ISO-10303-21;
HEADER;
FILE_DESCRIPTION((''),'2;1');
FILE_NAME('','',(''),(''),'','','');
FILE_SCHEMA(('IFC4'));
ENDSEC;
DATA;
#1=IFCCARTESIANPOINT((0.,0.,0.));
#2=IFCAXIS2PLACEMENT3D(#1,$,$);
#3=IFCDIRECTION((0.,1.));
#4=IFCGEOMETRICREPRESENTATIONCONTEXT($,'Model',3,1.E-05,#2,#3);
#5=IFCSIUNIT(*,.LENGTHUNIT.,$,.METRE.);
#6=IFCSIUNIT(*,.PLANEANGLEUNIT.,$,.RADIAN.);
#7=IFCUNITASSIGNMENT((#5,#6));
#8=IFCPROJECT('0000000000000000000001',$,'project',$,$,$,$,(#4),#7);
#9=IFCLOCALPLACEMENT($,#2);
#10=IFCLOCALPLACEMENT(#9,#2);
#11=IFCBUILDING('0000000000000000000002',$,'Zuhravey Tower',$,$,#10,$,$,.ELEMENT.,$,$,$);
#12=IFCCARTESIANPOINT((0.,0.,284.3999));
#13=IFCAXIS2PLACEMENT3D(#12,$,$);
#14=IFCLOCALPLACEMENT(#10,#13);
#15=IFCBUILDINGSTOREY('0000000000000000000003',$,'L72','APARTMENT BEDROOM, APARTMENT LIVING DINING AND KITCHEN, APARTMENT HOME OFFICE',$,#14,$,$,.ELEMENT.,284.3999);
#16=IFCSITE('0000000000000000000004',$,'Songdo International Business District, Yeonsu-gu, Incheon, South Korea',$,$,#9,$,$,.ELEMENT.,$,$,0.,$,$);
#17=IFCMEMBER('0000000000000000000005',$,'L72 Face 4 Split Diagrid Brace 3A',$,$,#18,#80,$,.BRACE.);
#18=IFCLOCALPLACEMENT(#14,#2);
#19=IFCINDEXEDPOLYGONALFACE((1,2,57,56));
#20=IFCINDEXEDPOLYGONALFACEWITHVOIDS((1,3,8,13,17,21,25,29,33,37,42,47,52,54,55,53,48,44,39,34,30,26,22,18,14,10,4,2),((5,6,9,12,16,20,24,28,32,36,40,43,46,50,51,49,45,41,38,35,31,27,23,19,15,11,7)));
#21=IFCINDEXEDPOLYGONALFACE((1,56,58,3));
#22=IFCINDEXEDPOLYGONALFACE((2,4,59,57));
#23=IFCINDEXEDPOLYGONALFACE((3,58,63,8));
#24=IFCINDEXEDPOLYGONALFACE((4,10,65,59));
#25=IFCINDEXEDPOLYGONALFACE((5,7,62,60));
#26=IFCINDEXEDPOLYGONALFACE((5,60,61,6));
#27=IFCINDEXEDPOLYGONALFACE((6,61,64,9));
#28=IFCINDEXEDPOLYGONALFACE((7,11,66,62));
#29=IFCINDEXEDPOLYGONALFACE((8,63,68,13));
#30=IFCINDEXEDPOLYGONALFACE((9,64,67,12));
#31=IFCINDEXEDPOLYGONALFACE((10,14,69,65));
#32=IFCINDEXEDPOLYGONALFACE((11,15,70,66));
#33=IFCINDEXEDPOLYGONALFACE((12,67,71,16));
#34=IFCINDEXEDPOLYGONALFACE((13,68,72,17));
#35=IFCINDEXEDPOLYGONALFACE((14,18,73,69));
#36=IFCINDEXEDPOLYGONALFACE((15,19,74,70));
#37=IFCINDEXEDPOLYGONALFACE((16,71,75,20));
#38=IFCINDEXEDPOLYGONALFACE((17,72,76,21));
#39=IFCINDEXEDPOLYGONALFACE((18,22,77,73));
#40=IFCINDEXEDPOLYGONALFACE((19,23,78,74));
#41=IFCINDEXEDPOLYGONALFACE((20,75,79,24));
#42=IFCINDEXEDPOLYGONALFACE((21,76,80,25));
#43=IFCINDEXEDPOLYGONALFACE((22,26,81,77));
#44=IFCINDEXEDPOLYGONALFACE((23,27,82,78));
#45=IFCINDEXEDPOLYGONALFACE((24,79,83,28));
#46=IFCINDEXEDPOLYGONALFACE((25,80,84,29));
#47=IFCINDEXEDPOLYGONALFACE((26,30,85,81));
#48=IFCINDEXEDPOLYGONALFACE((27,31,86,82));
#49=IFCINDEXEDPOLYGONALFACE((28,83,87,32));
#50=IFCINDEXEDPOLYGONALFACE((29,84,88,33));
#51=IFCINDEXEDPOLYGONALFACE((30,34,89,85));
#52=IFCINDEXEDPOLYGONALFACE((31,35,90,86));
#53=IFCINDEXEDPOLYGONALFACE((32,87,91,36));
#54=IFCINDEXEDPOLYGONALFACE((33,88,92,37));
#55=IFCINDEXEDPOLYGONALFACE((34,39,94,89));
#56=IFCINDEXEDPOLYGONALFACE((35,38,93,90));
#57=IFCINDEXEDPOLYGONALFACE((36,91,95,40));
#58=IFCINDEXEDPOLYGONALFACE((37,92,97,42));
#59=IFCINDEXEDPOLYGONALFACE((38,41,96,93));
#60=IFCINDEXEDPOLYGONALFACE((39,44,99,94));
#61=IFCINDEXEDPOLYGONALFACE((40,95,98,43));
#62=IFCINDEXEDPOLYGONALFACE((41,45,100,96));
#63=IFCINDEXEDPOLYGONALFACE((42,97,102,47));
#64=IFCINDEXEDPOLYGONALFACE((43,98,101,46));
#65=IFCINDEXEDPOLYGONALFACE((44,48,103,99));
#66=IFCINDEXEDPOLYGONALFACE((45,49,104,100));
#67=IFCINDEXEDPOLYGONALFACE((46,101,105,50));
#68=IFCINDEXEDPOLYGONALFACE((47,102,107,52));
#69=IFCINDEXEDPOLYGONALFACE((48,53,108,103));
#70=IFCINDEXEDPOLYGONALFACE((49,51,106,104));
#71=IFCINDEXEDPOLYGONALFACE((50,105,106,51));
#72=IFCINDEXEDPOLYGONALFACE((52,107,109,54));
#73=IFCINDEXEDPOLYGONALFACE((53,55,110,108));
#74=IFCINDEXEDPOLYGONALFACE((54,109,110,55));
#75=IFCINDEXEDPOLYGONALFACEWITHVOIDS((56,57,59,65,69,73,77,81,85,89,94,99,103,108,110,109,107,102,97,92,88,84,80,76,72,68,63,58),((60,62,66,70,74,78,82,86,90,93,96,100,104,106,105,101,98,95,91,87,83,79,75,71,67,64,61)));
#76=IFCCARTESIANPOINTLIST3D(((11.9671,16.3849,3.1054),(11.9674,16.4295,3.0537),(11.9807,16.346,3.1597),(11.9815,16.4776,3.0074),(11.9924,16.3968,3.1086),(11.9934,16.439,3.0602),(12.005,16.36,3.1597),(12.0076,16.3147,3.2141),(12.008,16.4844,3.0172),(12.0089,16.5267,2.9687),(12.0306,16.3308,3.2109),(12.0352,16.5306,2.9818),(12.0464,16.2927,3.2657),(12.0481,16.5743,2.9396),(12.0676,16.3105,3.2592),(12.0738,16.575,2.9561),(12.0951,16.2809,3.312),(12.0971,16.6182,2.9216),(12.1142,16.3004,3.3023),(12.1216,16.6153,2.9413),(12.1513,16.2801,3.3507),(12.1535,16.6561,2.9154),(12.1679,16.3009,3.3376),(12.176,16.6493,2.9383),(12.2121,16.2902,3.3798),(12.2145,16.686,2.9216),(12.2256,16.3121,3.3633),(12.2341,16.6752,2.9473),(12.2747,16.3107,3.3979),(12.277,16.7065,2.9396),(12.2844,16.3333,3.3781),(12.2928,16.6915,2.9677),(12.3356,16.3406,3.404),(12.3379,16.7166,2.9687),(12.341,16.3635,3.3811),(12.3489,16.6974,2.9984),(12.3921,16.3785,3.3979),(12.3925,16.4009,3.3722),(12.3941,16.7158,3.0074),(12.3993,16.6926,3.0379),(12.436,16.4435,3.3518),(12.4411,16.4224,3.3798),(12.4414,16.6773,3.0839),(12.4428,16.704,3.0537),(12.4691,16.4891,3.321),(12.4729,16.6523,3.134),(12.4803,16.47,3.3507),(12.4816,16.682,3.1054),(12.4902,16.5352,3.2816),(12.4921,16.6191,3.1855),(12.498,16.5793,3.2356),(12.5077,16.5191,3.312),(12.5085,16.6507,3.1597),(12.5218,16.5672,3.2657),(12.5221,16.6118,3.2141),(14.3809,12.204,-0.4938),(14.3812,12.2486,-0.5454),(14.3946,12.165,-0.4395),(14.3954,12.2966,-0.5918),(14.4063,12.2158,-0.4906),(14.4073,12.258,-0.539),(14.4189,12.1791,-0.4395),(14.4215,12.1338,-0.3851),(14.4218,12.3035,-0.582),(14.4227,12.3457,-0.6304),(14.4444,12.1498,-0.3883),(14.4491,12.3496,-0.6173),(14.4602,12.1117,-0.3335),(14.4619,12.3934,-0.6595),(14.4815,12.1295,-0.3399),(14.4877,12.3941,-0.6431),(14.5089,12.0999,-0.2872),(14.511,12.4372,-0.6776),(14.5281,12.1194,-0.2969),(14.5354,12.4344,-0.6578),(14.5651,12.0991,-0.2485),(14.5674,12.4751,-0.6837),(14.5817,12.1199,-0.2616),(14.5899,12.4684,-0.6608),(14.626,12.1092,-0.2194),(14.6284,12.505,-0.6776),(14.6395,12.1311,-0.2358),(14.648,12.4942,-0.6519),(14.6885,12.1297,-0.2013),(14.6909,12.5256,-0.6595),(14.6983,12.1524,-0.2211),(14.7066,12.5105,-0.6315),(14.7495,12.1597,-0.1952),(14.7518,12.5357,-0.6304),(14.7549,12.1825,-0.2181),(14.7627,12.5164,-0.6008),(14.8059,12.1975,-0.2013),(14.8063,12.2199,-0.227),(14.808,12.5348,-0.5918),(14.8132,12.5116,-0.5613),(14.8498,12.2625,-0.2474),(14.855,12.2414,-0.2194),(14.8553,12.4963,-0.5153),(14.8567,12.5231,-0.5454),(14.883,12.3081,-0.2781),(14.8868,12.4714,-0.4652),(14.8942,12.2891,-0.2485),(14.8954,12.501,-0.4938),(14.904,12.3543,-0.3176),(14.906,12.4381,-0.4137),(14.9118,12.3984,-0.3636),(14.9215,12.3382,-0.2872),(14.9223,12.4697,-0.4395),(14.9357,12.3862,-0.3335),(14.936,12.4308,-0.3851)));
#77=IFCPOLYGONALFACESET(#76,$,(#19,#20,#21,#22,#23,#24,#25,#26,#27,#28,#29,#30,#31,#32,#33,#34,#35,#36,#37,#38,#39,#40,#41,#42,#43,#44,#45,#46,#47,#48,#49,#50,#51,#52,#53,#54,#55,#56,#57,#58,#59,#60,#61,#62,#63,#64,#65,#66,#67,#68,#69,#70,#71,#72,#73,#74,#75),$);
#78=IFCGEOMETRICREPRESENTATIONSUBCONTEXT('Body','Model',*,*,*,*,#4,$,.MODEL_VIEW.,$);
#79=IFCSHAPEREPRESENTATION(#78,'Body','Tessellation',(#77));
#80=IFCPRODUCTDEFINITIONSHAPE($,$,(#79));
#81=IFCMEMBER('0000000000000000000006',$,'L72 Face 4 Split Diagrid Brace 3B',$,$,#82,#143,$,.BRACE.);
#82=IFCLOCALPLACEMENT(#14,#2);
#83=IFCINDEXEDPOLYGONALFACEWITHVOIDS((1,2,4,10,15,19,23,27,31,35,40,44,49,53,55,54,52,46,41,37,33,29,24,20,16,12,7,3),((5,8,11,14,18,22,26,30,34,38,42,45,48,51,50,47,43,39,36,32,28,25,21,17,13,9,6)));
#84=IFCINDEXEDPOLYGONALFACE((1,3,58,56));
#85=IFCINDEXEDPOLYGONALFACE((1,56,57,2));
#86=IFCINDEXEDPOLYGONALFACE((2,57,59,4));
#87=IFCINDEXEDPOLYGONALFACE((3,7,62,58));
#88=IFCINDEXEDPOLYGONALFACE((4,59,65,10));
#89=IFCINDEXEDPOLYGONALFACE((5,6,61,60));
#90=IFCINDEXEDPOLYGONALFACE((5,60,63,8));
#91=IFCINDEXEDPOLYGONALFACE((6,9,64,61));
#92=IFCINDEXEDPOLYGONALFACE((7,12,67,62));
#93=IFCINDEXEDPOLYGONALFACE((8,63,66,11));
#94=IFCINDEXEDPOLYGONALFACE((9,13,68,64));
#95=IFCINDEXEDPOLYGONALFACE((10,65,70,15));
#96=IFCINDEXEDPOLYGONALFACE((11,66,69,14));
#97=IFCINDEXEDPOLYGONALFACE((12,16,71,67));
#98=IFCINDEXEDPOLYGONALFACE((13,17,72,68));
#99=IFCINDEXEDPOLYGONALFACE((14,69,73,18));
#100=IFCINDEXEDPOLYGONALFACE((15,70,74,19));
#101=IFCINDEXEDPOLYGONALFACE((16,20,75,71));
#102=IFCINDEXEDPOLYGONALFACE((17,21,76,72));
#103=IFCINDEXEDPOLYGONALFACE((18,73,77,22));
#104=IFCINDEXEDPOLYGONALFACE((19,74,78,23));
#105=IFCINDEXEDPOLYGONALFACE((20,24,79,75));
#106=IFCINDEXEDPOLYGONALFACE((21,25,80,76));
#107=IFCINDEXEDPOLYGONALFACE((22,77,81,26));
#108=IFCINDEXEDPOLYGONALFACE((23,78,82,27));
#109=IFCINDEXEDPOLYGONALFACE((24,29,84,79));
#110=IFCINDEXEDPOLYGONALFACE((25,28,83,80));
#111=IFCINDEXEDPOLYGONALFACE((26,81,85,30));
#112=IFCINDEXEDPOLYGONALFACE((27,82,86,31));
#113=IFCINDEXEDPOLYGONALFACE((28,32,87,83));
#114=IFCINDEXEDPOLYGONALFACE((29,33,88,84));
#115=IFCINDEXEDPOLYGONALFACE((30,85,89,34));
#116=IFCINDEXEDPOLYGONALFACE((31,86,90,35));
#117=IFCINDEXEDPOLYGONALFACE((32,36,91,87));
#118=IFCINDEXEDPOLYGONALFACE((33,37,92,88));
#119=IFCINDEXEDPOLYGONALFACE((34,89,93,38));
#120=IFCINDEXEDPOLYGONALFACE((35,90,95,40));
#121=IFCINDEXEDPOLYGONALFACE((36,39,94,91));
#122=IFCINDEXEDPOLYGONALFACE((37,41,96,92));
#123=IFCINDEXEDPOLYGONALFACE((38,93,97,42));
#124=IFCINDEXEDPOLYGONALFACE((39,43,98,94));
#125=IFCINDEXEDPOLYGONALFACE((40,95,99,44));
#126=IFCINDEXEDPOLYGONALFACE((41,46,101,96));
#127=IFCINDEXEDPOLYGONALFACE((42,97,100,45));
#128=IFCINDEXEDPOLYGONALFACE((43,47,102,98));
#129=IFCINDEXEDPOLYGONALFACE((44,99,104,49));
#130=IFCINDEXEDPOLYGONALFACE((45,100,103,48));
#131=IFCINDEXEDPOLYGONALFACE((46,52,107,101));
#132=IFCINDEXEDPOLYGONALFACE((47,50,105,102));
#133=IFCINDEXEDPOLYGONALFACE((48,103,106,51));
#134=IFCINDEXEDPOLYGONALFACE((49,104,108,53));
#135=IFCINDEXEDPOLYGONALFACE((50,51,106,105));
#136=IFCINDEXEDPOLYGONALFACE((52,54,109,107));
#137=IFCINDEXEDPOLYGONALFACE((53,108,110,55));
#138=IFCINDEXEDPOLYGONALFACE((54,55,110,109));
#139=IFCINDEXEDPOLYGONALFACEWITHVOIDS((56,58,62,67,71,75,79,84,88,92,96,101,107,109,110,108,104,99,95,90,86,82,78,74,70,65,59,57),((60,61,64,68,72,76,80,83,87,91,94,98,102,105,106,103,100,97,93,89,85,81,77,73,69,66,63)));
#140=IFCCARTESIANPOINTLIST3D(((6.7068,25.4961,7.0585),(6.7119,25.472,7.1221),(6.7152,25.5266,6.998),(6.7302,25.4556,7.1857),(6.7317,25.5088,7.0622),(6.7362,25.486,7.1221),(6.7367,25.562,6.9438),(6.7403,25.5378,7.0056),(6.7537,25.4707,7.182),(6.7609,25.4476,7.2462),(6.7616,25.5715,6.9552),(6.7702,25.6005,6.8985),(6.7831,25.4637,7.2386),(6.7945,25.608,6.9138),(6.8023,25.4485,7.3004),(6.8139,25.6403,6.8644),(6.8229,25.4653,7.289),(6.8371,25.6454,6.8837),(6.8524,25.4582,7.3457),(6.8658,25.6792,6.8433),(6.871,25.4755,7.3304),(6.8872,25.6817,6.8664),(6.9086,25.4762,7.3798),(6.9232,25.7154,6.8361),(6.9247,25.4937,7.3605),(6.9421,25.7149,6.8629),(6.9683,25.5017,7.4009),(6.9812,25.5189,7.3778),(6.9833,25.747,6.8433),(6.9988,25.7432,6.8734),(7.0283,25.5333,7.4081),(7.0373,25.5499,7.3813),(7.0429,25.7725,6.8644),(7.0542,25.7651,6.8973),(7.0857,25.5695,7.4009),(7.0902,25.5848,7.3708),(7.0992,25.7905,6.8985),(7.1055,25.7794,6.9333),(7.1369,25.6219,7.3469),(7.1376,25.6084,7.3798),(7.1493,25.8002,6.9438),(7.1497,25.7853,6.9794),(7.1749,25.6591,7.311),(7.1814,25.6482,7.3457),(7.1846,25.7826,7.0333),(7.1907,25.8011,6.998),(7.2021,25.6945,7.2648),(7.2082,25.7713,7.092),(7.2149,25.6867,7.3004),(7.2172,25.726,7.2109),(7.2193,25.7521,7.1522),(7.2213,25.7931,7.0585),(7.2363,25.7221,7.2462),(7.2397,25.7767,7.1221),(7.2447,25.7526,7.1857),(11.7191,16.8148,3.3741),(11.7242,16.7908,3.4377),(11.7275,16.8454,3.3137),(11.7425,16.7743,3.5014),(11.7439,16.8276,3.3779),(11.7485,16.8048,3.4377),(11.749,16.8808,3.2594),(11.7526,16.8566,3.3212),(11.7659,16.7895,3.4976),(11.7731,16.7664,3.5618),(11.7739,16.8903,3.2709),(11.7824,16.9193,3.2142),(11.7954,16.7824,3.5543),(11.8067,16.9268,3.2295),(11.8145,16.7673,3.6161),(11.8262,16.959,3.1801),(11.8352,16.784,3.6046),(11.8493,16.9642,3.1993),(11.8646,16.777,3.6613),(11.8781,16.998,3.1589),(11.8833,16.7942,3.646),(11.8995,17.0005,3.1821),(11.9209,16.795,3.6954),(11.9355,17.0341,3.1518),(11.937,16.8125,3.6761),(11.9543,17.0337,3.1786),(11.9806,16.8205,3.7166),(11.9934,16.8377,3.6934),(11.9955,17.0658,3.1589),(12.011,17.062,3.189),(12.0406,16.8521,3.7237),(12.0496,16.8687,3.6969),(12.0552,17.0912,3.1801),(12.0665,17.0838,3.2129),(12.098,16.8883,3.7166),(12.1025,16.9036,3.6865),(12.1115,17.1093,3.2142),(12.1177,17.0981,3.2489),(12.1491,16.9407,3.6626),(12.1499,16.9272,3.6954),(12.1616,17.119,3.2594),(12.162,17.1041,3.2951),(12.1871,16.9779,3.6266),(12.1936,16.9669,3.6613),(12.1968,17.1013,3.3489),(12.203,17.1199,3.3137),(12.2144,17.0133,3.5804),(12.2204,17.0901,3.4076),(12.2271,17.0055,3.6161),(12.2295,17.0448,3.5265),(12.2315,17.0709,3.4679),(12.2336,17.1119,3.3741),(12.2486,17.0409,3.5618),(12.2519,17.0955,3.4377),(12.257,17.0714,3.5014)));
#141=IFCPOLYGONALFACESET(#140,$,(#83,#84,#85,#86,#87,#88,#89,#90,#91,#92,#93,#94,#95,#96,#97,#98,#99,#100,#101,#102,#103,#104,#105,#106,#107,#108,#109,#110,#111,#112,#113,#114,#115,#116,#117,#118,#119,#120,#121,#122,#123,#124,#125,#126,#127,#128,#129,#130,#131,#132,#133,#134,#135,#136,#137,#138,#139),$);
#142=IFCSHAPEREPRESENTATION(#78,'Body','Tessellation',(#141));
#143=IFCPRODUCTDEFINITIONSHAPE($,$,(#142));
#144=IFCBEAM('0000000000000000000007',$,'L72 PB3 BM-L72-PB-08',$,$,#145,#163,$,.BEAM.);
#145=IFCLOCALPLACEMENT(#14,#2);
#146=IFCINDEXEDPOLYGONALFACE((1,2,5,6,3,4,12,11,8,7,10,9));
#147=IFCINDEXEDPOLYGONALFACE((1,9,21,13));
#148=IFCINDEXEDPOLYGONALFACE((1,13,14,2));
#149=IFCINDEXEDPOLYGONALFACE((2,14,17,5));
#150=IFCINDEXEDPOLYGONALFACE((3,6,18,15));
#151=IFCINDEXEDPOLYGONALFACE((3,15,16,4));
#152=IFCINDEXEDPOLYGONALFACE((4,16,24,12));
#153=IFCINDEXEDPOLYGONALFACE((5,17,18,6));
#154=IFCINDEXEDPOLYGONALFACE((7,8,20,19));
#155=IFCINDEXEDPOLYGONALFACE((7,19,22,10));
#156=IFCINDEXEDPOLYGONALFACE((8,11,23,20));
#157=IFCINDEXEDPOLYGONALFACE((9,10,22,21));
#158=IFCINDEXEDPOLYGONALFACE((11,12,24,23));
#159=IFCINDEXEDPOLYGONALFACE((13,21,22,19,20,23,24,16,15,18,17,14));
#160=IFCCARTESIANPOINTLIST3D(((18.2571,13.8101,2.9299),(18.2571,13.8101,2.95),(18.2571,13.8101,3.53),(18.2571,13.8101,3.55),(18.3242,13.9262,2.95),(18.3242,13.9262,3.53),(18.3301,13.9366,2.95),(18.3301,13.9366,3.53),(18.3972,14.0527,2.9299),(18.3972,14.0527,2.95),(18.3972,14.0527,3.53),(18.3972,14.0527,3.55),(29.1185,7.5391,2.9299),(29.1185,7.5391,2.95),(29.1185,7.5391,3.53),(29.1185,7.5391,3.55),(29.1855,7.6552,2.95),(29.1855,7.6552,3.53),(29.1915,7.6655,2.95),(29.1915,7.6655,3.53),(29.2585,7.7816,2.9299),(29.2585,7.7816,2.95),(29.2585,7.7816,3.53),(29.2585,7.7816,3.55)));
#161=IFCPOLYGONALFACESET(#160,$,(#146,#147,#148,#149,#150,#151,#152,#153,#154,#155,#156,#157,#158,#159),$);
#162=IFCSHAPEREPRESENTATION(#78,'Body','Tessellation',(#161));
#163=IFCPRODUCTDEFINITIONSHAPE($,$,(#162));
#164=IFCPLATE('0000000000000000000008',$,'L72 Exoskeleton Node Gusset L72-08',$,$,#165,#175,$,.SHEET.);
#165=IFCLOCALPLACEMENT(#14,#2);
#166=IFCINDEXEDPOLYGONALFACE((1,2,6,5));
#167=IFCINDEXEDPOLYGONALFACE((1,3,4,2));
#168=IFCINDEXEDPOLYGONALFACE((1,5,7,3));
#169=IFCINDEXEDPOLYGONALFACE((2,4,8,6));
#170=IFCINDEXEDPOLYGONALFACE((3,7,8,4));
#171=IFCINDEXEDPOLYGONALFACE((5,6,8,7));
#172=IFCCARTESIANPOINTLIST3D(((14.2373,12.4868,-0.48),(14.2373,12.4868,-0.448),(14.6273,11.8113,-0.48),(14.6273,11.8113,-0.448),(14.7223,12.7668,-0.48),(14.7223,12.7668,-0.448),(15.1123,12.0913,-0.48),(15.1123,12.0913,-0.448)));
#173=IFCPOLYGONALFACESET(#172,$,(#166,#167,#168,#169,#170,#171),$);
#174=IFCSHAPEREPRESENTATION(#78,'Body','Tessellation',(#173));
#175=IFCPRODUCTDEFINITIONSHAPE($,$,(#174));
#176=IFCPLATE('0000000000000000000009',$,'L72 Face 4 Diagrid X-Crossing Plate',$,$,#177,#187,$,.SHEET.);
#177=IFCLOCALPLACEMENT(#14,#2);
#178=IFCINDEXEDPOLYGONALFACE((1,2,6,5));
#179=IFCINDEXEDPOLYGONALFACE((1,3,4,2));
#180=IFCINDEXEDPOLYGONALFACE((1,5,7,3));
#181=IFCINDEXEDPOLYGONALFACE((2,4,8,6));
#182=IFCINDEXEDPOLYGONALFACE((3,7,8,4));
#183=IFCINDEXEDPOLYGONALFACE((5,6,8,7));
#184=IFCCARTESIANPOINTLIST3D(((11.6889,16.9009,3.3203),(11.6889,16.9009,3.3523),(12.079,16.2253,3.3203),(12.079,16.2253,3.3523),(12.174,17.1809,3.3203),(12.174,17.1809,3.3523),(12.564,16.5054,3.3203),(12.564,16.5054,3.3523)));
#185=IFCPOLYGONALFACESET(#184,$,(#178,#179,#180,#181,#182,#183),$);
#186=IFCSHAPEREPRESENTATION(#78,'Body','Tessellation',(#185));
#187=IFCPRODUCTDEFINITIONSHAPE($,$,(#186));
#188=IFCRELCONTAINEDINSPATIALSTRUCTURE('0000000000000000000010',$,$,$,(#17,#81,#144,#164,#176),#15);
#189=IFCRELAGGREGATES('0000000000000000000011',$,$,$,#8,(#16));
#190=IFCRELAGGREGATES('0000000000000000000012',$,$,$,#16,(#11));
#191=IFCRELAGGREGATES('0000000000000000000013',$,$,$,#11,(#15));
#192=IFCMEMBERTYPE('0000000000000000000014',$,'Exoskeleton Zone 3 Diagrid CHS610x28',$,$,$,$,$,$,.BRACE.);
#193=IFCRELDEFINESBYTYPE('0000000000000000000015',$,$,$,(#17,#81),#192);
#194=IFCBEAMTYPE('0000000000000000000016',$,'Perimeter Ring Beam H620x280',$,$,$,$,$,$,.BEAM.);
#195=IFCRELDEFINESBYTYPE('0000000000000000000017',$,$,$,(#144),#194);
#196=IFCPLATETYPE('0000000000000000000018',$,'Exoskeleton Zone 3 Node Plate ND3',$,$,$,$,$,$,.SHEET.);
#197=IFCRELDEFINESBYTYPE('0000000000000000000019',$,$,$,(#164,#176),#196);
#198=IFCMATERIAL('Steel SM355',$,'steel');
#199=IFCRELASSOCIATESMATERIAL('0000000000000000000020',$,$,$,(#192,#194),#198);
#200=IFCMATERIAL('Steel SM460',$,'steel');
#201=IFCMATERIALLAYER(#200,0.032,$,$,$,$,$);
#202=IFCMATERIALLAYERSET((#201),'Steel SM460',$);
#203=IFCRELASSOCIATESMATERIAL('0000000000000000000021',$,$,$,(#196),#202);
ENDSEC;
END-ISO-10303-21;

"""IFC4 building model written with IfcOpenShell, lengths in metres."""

from ifc_helpers import new_model, si_unit, direction, frame, origin, origin_2d, place, context, subcontext, project, spatial, rectangle, hollow_circle, i_section, extrude, material, layer, layer_set, material_profile, profile_set, type_object, element, save


model = new_model("IFC4")

# Units and contexts
model_context = context("Model", 3, precision=1e-05, world=origin(), true_north=direction((0.0, 1.0)))
body_context = subcontext(model_context, "Body", "Model", "MODEL_VIEW")
ifc_project = project(units=[si_unit("LENGTHUNIT", "METRE"), si_unit("PLANEANGLEUNIT", "RADIAN")], contexts=[model_context])

# Site, building, storey
site_placement = place(None, origin())
site = spatial("IfcSite", under=ifc_project, at=site_placement, Name="Songdo International Business District, Yeonsu-gu, Incheon, South Korea", CompositionType="ELEMENT", RefElevation=0.0)
building_placement = place(site_placement, origin())
building = spatial("IfcBuilding", under=site, at=building_placement, Name="Zuhravey Tower", CompositionType="ELEMENT")
storey_placement = place(building_placement, frame((0.0, 0.0, 284.3999)))
storey = spatial("IfcBuildingStorey", under=building, at=storey_placement, Name="L72", Description="APARTMENT BEDROOM, APARTMENT LIVING DINING AND KITCHEN, APARTMENT HOME OFFICE", CompositionType="ELEMENT", Elevation=284.3999)

# Members
ifc_material_1 = material(Name="Steel SM355", Category="steel")
ifc_material_profile_1 = material_profile(ifc_material_1, hollow_circle(Radius=0.3047, WallThickness=0.0281, at=origin_2d()), Name="CHS-609.6x28")
ifc_profile_set_1 = profile_set([ifc_material_profile_1], Name="Steel SM355")
member_type_1 = type_object("IfcMemberType", Name="Exoskeleton Zone 3 Diagrid CHS610x28", PredefinedType="BRACE", material=ifc_profile_set_1)
member_1_placement = place(storey_placement, frame((14.6584, 12.3174, -0.4395), z_axis=(-0.400857, 0.694314, 0.597698), x_axis=(-0.866028, -0.499995, 0.0)))
element("IfcMember", 1, at=member_1_placement, inside=storey, type_object=member_type_1, Name="L72 Face 4 Split Diagrid Brace 3A", PredefinedType="BRACE", context=body_context, shape_type="SweptSolid", body=[
    extrude(hollow_circle(Radius=0.3047, WallThickness=0.0281, at=origin_2d()), origin(), (0.0, 0.0, 1.0), 6.0217),
])
member_2_placement = place(storey_placement, frame((11.988, 16.9431, 3.4377), z_axis=(-0.469315, 0.812855, 0.34498), x_axis=(-0.866019, -0.500011, 0.0)))
element("IfcMember", 2, at=member_2_placement, inside=storey, type_object=member_type_1, Name="L72 Face 4 Split Diagrid Brace 3B", PredefinedType="BRACE", context=body_context, shape_type="SweptSolid", body=[
    extrude(hollow_circle(Radius=0.3047, WallThickness=0.0281, at=origin_2d()), origin(), (0.0, 0.0, 1.0), 10.6799),
])

# Beam
ifc_material_profile_2 = material_profile(ifc_material_1, i_section(OverallWidth=0.28, OverallDepth=0.6201, WebThickness=0.012, FlangeThickness=0.02, at=origin_2d()), Name="H-620x280x12x20")
ifc_profile_set_2 = profile_set([ifc_material_profile_2], Name="Steel SM355")
beam_type = type_object("IfcBeamType", Name="Perimeter Ring Beam H620x280", PredefinedType="BEAM", material=ifc_profile_set_2)
beam_placement = place(storey_placement, frame((18.3271, 13.9314, 3.24), z_axis=(0.866018, -0.500012, 0.0), x_axis=(0.500012, 0.866018, 0.0)))
element("IfcBeam", 3, at=beam_placement, inside=storey, type_object=beam_type, Name="L72 PB3 BM-L72-PB-08", PredefinedType="BEAM", context=body_context, shape_type="SweptSolid", body=[
    extrude(i_section(OverallWidth=0.28, OverallDepth=0.6201, WebThickness=0.012, FlangeThickness=0.02, at=origin_2d()), origin(), (0.0, 0.0, 1.0), 12.5417),
])

# Plates
ifc_material_2 = material(Name="Steel SM460", Category="steel")
ifc_layer_1 = layer(ifc_material_2, 0.032)
ifc_layer_set_1 = layer_set([ifc_layer_1], Name="Steel SM460")
plate_type_1 = type_object("IfcPlateType", Name="Exoskeleton Zone 3 Node Plate ND3", PredefinedType="SHEET", material=ifc_layer_set_1)
for number, where, z_axis, x_axis, name in (
    (4, (14.6748, 12.2891, -0.48), (0.0, 0.0, 1.0), (0.5, -0.866025, 0.0), "L72 Exoskeleton Node Gusset L72-08"),
    (5, (12.1265, 16.7031, 3.3203), (0.0, 0.0, 1.0), (0.5, -0.866025, 0.0), "L72 Face 4 Diagrid X-Crossing Plate"),
):
    element("IfcPlate", number, at=place(storey_placement, frame(where, z_axis=z_axis, x_axis=x_axis)), inside=storey, type_object=plate_type_1, Name=name, PredefinedType="SHEET", context=body_context, shape_type="SweptSolid", body=[
        extrude(rectangle(XDim=0.78, YDim=0.5601, at=origin_2d()), origin(), (0.0, 0.0, 1.0), 0.032),
    ])

save(model, "model.ifc")
